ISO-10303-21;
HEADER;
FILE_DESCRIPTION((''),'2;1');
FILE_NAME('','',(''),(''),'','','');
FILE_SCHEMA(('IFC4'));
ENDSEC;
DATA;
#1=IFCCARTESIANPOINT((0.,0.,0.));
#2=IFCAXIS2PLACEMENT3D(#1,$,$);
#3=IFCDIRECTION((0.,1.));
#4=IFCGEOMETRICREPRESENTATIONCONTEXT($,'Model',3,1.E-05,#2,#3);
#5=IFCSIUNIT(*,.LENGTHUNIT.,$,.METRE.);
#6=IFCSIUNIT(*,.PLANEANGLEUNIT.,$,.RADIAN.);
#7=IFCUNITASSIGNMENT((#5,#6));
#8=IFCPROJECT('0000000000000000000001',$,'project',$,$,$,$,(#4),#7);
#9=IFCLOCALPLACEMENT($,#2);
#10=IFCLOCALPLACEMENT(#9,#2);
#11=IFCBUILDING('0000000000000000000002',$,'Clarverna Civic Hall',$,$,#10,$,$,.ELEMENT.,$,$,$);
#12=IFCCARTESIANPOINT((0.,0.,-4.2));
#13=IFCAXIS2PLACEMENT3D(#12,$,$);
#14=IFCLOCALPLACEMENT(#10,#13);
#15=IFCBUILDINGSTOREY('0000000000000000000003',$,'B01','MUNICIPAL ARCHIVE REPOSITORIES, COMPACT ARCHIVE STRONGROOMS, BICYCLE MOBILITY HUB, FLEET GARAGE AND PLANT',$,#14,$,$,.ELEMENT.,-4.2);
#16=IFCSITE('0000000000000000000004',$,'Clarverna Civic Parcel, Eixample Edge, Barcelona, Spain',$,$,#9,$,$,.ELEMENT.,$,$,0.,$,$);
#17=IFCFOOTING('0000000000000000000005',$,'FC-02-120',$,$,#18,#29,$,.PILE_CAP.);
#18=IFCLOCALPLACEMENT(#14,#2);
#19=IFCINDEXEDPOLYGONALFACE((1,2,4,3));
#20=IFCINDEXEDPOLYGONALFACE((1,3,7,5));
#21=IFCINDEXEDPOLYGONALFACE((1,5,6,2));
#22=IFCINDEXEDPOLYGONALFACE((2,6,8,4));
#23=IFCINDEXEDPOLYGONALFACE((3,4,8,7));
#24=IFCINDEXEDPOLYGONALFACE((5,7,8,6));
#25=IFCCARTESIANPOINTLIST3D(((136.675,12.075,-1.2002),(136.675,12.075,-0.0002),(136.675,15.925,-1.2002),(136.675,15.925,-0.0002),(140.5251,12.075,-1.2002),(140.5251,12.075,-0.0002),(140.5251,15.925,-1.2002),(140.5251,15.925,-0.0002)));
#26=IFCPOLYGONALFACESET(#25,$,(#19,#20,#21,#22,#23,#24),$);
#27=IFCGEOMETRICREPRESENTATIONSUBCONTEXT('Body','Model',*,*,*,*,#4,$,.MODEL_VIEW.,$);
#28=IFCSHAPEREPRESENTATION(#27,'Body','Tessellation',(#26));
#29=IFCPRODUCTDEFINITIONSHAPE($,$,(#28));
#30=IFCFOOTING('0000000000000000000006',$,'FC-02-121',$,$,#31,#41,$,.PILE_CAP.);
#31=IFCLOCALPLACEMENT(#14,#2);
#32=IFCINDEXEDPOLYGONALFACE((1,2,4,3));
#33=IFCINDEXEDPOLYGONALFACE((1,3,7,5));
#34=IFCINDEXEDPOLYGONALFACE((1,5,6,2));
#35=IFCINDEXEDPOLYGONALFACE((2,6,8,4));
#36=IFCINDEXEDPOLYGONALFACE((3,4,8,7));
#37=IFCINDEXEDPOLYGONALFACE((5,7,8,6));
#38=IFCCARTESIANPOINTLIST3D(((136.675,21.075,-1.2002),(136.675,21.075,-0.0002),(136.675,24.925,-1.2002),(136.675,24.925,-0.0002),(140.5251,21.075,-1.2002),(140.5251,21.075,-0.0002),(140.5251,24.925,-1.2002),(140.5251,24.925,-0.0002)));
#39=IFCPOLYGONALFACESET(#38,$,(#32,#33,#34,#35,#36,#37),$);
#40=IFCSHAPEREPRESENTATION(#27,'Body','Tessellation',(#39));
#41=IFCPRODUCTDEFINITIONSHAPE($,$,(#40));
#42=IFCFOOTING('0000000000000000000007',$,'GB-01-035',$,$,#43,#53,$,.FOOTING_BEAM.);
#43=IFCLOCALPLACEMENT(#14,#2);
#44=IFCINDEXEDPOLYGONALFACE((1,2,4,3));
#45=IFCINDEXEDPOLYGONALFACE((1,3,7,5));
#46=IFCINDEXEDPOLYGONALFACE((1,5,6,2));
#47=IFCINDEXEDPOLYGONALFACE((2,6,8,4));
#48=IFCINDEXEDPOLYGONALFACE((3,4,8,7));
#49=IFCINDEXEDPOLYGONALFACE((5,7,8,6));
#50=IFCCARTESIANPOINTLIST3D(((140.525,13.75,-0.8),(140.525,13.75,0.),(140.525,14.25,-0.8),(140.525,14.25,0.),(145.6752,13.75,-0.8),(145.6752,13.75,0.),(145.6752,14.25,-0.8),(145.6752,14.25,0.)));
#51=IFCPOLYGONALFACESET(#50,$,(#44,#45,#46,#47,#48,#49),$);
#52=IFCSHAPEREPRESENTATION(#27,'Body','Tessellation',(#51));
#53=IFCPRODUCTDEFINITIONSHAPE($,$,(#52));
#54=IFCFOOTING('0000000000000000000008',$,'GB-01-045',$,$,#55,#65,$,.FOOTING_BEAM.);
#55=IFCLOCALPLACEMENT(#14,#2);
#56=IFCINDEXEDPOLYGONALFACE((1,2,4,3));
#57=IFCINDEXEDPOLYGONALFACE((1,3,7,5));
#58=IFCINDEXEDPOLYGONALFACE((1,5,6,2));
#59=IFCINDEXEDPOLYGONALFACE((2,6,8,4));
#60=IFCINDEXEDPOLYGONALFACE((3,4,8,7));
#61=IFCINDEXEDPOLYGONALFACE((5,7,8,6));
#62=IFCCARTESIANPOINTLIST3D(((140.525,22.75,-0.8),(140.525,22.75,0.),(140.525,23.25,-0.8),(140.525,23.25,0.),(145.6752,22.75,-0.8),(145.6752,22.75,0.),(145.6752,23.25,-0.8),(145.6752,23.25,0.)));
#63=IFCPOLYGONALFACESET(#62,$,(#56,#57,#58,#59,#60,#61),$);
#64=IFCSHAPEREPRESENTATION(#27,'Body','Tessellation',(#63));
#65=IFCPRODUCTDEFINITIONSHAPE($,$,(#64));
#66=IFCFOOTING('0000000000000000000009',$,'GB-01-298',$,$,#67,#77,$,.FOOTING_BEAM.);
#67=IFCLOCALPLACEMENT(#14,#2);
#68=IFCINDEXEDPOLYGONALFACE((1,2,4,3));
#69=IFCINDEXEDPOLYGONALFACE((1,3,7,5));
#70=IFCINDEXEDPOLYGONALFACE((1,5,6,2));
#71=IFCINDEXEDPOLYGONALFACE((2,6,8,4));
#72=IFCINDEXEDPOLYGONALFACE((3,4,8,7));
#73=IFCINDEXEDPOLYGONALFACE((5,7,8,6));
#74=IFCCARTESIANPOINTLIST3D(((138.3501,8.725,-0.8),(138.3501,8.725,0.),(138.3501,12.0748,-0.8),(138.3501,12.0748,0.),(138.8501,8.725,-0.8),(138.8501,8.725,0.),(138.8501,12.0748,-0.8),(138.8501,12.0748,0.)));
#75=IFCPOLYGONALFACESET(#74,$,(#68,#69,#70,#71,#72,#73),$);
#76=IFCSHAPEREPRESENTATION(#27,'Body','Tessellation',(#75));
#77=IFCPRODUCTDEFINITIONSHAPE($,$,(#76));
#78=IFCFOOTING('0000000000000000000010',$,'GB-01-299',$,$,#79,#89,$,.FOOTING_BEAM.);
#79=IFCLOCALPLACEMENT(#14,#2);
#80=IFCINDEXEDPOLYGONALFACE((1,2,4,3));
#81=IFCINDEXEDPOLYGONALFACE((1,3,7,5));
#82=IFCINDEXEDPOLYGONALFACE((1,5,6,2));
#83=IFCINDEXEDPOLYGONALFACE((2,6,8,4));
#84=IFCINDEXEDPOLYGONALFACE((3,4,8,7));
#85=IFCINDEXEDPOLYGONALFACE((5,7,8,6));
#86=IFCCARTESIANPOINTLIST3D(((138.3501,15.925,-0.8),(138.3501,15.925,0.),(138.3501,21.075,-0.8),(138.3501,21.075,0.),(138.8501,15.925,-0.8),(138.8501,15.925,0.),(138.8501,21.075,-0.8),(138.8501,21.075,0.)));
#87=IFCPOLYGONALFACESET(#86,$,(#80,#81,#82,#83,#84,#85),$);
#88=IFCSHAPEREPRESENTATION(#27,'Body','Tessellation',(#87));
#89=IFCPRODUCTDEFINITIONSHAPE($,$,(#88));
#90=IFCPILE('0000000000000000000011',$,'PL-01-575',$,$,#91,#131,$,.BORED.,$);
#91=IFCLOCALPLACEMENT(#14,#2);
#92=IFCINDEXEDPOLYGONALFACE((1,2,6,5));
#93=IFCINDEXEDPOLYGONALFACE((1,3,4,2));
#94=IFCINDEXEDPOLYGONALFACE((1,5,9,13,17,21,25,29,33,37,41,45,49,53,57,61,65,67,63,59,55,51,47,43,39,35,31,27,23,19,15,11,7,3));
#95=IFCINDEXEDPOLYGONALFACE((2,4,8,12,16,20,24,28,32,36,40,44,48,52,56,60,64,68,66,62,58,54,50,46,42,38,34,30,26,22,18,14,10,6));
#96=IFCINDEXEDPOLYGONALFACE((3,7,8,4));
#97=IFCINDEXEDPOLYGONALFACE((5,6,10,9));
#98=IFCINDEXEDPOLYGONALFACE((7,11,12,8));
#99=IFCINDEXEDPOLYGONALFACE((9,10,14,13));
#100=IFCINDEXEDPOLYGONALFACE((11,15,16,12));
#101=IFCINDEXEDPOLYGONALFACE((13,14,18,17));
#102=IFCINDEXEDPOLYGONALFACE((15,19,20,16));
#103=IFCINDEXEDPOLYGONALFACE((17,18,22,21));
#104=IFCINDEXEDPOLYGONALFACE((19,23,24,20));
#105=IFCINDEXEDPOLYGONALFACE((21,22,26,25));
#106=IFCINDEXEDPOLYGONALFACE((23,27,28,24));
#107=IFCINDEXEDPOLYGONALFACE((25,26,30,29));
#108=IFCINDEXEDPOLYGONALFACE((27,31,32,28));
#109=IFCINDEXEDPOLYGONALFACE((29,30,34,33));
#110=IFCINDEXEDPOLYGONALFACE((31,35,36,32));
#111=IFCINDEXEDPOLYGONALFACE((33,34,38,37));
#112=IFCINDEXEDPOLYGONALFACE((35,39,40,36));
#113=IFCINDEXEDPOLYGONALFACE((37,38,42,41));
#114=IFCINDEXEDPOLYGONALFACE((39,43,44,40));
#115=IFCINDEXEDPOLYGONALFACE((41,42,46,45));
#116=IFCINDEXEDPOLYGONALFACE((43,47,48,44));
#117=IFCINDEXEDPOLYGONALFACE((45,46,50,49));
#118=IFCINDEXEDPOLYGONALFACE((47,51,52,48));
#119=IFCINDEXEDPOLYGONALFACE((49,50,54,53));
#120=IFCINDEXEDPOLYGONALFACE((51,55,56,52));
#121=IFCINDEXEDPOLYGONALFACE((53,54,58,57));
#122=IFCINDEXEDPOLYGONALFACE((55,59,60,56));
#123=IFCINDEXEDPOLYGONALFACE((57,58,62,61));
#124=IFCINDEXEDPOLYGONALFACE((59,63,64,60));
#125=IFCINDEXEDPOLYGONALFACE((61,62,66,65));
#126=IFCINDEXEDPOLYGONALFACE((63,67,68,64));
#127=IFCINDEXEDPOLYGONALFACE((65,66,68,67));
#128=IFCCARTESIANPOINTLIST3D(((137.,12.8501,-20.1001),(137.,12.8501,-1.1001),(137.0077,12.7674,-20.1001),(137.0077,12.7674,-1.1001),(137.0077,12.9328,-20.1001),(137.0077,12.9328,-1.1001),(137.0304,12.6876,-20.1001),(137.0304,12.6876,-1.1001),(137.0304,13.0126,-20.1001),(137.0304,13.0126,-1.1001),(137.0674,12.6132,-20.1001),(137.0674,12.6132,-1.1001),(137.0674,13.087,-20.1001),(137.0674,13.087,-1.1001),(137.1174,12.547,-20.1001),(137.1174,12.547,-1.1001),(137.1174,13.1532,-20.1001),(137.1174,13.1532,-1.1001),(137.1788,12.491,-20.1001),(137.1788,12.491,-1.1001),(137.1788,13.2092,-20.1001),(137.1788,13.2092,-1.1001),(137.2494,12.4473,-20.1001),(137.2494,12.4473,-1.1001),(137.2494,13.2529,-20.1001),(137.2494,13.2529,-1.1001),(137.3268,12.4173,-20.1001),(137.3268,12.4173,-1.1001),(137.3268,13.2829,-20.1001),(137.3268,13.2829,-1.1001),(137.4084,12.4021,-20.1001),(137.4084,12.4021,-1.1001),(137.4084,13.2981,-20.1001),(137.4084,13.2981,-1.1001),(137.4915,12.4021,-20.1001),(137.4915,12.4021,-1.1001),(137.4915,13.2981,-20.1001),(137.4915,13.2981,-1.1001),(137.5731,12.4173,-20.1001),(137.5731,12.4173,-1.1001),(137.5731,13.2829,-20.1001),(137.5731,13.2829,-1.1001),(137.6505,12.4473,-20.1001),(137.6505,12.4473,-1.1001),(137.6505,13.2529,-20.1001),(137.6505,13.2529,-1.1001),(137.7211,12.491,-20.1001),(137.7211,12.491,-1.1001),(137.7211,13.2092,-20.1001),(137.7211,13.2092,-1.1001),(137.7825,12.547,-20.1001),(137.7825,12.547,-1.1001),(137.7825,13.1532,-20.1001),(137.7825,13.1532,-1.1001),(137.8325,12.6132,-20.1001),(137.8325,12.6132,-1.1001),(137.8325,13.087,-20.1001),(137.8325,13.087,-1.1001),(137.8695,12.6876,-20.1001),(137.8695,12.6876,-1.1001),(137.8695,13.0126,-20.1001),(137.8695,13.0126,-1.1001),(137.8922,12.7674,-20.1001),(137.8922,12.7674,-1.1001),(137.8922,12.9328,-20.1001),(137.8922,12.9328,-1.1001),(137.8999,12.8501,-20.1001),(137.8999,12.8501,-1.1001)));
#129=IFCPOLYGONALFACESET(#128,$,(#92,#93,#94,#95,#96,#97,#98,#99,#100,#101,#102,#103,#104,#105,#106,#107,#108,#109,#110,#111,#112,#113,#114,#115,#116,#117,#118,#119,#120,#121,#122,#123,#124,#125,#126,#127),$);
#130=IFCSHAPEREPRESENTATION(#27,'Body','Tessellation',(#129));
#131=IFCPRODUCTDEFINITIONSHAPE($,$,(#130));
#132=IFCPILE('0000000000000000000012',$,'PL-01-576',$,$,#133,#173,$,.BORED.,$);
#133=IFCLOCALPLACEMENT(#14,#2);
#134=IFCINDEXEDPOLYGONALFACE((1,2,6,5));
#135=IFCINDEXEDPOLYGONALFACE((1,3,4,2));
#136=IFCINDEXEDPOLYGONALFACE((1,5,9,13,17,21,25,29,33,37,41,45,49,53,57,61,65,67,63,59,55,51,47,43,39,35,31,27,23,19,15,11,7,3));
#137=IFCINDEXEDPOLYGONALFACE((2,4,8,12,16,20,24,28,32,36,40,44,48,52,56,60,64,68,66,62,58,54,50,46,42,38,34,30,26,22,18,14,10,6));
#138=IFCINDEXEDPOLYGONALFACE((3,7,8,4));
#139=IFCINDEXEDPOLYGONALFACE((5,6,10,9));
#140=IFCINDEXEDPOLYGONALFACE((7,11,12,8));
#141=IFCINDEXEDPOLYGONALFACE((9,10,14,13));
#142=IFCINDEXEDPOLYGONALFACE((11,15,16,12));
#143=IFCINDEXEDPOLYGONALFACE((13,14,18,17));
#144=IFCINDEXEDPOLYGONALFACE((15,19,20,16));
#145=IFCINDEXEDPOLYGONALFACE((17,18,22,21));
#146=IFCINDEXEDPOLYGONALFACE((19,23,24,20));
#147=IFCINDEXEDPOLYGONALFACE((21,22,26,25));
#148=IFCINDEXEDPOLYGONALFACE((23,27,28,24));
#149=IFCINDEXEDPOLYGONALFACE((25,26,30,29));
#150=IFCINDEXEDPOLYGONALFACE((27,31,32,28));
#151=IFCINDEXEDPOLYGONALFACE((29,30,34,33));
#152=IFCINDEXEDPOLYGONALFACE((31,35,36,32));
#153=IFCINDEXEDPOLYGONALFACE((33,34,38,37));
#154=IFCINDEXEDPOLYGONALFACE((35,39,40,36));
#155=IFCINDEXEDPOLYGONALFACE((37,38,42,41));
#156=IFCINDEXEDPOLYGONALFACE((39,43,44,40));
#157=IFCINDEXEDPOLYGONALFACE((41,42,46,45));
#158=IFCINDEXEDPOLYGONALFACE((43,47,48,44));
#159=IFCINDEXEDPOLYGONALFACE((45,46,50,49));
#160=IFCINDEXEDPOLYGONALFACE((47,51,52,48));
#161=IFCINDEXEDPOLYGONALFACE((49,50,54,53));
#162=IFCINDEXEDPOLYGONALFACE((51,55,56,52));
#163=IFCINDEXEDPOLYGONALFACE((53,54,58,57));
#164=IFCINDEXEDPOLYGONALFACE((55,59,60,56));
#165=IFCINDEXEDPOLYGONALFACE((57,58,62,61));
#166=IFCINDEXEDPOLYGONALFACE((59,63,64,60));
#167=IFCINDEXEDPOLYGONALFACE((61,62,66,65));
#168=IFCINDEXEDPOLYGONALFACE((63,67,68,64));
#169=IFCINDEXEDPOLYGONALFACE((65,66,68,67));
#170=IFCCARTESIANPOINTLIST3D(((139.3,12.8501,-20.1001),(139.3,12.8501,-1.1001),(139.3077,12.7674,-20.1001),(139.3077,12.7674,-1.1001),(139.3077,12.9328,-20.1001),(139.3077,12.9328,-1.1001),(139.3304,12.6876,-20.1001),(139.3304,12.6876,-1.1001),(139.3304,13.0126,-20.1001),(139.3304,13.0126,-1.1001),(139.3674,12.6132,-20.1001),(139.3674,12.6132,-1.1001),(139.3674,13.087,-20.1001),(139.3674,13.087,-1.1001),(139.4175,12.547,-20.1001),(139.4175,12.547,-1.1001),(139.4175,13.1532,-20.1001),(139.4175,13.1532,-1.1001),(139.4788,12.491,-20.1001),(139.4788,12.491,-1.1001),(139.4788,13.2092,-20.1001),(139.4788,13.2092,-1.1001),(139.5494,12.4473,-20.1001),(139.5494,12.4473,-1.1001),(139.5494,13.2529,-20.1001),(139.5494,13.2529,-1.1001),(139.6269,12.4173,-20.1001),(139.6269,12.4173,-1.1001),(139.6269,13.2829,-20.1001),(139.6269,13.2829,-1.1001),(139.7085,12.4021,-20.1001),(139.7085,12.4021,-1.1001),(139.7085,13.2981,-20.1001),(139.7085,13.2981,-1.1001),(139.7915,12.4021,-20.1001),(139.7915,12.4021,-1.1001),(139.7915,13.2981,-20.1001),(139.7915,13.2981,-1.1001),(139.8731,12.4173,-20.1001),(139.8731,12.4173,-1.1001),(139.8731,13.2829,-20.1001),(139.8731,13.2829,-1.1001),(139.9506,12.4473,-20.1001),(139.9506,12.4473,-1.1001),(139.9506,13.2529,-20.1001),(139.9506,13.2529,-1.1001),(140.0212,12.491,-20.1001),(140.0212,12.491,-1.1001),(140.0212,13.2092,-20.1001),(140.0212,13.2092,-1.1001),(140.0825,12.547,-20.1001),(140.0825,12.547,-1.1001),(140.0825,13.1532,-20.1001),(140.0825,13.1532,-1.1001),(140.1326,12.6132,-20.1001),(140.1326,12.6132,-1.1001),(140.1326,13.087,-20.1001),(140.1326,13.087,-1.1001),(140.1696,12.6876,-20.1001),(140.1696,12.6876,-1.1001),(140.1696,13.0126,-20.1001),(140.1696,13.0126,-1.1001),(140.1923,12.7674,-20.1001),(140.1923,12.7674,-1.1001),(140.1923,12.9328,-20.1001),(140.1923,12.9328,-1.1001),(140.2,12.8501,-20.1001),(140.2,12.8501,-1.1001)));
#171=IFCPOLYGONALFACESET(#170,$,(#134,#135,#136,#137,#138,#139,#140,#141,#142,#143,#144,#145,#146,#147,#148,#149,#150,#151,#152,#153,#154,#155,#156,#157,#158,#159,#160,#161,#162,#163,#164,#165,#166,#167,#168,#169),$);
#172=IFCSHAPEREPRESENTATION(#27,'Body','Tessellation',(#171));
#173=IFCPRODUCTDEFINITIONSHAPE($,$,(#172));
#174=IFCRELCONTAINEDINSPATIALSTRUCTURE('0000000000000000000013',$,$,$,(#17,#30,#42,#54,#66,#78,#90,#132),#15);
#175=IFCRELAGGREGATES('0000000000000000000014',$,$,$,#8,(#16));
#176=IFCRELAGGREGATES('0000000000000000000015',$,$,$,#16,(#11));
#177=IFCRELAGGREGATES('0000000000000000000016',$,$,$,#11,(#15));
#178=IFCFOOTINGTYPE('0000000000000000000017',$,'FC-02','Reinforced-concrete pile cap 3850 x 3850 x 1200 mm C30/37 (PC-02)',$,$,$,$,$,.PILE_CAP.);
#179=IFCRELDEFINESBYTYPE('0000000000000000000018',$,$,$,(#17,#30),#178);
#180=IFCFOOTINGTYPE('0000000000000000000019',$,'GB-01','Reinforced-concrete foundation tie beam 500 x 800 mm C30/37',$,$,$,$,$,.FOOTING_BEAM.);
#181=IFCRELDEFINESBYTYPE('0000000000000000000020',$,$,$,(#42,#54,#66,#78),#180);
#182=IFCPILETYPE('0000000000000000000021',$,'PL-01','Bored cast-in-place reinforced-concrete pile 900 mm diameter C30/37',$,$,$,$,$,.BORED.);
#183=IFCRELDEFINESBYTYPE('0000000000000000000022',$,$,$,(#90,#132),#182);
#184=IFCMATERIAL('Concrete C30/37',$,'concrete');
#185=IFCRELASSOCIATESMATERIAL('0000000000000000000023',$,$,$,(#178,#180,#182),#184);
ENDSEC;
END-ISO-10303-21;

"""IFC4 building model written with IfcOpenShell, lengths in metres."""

from ifc_helpers import new_model, si_unit, direction, frame, frame_2d, origin, origin_2d, place, context, subcontext, project, spatial, rectangle, circle, extrude, material, material_profile, profile_set, type_object, element, save


model = new_model("IFC4")

# Units and contexts
model_context = context("Model", 3, precision=1e-05, world=origin(), true_north=direction((0.0, 1.0)))
body_context = subcontext(model_context, "Body", "Model", "MODEL_VIEW")
ifc_project = project(units=[si_unit("LENGTHUNIT", "METRE"), si_unit("PLANEANGLEUNIT", "RADIAN")], contexts=[model_context])

# Site, building, storey
site_placement = place(None, origin())
site = spatial("IfcSite", under=ifc_project, at=site_placement, Name="Clarverna Civic Parcel, Eixample Edge, Barcelona, Spain", CompositionType="ELEMENT", RefElevation=0.0)
building_placement = place(site_placement, origin())
building = spatial("IfcBuilding", under=site, at=building_placement, Name="Clarverna Civic Hall", CompositionType="ELEMENT")
storey_placement = place(building_placement, frame((0.0, 0.0, -4.2)))
storey = spatial("IfcBuildingStorey", under=building, at=storey_placement, Name="B01", Description="MUNICIPAL ARCHIVE REPOSITORIES, COMPACT ARCHIVE STRONGROOMS, BICYCLE MOBILITY HUB, FLEET GARAGE AND PLANT", CompositionType="ELEMENT", Elevation=-4.2)

# Footings
ifc_material_1 = material(Name="Concrete C30/37", Category="concrete")
footing_type_1 = type_object("IfcFootingType", Name="FC-02", Description="Reinforced-concrete pile cap 3850 x 3850 x 1200 mm C30/37 (PC-02)", PredefinedType="PILE_CAP", material=ifc_material_1)
for number, where, z_axis, x_axis, name in (
    (1, (138.6001, 14.0, -1.2002), (0.0, 0.0, 1.0), (1.0, 0.0, 0.0), "FC-02-120"),
    (2, (138.6001, 23.0, -1.2002), (0.0, 0.0, 1.0), (1.0, 0.0, 0.0), "FC-02-121"),
):
    element("IfcFooting", number, at=place(storey_placement, frame(where, z_axis=z_axis, x_axis=x_axis)), inside=storey, type_object=footing_type_1, Name=name, PredefinedType="PILE_CAP", context=body_context, shape_type="SweptSolid", body=[
        extrude(rectangle(XDim=3.8501, YDim=3.8501, at=origin_2d()), origin(), (0.0, 0.0, 1.0), 1.2),
    ])
footing_type_2 = type_object("IfcFootingType", Name="GB-01", Description="Reinforced-concrete foundation tie beam 500 x 800 mm C30/37", PredefinedType="FOOTING_BEAM", material=ifc_material_1)
for number, where, z_axis, x_axis, name in (
    (3, (140.5249, 14.0, -0.8), (0.0, 0.0, 1.0), (1.0, 0.0, 0.0), "GB-01-035"),
    (4, (140.5249, 23.0, -0.8), (0.0, 0.0, 1.0), (1.0, 0.0, 0.0), "GB-01-045"),
):
    element("IfcFooting", number, at=place(storey_placement, frame(where, z_axis=z_axis, x_axis=x_axis)), inside=storey, type_object=footing_type_2, Name=name, PredefinedType="FOOTING_BEAM", context=body_context, shape_type="SweptSolid", body=[
        extrude(rectangle(XDim=5.1501, YDim=0.5, at=frame_2d((2.5752, 0.0))), origin(), (0.0, 0.0, 1.0), 0.8),
    ])
footing_1_placement = place(storey_placement, frame((138.6001, 8.7251, -0.8), z_axis=(0.0, 0.0, 1.0), x_axis=(0.0, 1.0, 0.0)))
element("IfcFooting", 5, at=footing_1_placement, inside=storey, type_object=footing_type_2, Name="GB-01-298", PredefinedType="FOOTING_BEAM", context=body_context, shape_type="SweptSolid", body=[
    extrude(rectangle(XDim=3.3499, YDim=0.5, at=frame_2d((1.6748, 0.0))), origin(), (0.0, 0.0, 1.0), 0.8),
])
footing_2_placement = place(storey_placement, frame((138.6001, 15.925, -0.8), z_axis=(0.0, 0.0, 1.0), x_axis=(0.0, 1.0, 0.0)))
element("IfcFooting", 6, at=footing_2_placement, inside=storey, type_object=footing_type_2, Name="GB-01-299", PredefinedType="FOOTING_BEAM", context=body_context, shape_type="SweptSolid", body=[
    extrude(rectangle(XDim=5.1499, YDim=0.5, at=frame_2d((2.575, 0.0))), origin(), (0.0, 0.0, 1.0), 0.8),
])

# Piles
ifc_material_profile_1 = material_profile(ifc_material_1, circle(Radius=0.45, at=origin_2d()), Name="BORED PILE D900")
ifc_profile_set_1 = profile_set([ifc_material_profile_1], Name="Concrete C30/37")
pile_type = type_object("IfcPileType", Name="PL-01", Description="Bored cast-in-place reinforced-concrete pile 900 mm diameter C30/37", PredefinedType="BORED", material=ifc_profile_set_1)
for number, where, z_axis, x_axis, name in (
    (7, (137.45, 12.8501, -1.1001), (0.0, 0.0, -1.0), (1.0, 0.0, 0.0), "PL-01-575"),
    (8, (139.75, 12.8501, -1.1001), (0.0, 0.0, -1.0), (1.0, 0.0, 0.0), "PL-01-576"),
):
    element("IfcPile", number, at=place(storey_placement, frame(where, z_axis=z_axis, x_axis=x_axis)), inside=storey, type_object=pile_type, Name=name, PredefinedType="BORED", context=body_context, shape_type="SweptSolid", body=[
        extrude(circle(Radius=0.45, at=origin_2d()), origin(), (0.0, 0.0, 1.0), 19.0),
    ])

save(model, "model.ifc")
